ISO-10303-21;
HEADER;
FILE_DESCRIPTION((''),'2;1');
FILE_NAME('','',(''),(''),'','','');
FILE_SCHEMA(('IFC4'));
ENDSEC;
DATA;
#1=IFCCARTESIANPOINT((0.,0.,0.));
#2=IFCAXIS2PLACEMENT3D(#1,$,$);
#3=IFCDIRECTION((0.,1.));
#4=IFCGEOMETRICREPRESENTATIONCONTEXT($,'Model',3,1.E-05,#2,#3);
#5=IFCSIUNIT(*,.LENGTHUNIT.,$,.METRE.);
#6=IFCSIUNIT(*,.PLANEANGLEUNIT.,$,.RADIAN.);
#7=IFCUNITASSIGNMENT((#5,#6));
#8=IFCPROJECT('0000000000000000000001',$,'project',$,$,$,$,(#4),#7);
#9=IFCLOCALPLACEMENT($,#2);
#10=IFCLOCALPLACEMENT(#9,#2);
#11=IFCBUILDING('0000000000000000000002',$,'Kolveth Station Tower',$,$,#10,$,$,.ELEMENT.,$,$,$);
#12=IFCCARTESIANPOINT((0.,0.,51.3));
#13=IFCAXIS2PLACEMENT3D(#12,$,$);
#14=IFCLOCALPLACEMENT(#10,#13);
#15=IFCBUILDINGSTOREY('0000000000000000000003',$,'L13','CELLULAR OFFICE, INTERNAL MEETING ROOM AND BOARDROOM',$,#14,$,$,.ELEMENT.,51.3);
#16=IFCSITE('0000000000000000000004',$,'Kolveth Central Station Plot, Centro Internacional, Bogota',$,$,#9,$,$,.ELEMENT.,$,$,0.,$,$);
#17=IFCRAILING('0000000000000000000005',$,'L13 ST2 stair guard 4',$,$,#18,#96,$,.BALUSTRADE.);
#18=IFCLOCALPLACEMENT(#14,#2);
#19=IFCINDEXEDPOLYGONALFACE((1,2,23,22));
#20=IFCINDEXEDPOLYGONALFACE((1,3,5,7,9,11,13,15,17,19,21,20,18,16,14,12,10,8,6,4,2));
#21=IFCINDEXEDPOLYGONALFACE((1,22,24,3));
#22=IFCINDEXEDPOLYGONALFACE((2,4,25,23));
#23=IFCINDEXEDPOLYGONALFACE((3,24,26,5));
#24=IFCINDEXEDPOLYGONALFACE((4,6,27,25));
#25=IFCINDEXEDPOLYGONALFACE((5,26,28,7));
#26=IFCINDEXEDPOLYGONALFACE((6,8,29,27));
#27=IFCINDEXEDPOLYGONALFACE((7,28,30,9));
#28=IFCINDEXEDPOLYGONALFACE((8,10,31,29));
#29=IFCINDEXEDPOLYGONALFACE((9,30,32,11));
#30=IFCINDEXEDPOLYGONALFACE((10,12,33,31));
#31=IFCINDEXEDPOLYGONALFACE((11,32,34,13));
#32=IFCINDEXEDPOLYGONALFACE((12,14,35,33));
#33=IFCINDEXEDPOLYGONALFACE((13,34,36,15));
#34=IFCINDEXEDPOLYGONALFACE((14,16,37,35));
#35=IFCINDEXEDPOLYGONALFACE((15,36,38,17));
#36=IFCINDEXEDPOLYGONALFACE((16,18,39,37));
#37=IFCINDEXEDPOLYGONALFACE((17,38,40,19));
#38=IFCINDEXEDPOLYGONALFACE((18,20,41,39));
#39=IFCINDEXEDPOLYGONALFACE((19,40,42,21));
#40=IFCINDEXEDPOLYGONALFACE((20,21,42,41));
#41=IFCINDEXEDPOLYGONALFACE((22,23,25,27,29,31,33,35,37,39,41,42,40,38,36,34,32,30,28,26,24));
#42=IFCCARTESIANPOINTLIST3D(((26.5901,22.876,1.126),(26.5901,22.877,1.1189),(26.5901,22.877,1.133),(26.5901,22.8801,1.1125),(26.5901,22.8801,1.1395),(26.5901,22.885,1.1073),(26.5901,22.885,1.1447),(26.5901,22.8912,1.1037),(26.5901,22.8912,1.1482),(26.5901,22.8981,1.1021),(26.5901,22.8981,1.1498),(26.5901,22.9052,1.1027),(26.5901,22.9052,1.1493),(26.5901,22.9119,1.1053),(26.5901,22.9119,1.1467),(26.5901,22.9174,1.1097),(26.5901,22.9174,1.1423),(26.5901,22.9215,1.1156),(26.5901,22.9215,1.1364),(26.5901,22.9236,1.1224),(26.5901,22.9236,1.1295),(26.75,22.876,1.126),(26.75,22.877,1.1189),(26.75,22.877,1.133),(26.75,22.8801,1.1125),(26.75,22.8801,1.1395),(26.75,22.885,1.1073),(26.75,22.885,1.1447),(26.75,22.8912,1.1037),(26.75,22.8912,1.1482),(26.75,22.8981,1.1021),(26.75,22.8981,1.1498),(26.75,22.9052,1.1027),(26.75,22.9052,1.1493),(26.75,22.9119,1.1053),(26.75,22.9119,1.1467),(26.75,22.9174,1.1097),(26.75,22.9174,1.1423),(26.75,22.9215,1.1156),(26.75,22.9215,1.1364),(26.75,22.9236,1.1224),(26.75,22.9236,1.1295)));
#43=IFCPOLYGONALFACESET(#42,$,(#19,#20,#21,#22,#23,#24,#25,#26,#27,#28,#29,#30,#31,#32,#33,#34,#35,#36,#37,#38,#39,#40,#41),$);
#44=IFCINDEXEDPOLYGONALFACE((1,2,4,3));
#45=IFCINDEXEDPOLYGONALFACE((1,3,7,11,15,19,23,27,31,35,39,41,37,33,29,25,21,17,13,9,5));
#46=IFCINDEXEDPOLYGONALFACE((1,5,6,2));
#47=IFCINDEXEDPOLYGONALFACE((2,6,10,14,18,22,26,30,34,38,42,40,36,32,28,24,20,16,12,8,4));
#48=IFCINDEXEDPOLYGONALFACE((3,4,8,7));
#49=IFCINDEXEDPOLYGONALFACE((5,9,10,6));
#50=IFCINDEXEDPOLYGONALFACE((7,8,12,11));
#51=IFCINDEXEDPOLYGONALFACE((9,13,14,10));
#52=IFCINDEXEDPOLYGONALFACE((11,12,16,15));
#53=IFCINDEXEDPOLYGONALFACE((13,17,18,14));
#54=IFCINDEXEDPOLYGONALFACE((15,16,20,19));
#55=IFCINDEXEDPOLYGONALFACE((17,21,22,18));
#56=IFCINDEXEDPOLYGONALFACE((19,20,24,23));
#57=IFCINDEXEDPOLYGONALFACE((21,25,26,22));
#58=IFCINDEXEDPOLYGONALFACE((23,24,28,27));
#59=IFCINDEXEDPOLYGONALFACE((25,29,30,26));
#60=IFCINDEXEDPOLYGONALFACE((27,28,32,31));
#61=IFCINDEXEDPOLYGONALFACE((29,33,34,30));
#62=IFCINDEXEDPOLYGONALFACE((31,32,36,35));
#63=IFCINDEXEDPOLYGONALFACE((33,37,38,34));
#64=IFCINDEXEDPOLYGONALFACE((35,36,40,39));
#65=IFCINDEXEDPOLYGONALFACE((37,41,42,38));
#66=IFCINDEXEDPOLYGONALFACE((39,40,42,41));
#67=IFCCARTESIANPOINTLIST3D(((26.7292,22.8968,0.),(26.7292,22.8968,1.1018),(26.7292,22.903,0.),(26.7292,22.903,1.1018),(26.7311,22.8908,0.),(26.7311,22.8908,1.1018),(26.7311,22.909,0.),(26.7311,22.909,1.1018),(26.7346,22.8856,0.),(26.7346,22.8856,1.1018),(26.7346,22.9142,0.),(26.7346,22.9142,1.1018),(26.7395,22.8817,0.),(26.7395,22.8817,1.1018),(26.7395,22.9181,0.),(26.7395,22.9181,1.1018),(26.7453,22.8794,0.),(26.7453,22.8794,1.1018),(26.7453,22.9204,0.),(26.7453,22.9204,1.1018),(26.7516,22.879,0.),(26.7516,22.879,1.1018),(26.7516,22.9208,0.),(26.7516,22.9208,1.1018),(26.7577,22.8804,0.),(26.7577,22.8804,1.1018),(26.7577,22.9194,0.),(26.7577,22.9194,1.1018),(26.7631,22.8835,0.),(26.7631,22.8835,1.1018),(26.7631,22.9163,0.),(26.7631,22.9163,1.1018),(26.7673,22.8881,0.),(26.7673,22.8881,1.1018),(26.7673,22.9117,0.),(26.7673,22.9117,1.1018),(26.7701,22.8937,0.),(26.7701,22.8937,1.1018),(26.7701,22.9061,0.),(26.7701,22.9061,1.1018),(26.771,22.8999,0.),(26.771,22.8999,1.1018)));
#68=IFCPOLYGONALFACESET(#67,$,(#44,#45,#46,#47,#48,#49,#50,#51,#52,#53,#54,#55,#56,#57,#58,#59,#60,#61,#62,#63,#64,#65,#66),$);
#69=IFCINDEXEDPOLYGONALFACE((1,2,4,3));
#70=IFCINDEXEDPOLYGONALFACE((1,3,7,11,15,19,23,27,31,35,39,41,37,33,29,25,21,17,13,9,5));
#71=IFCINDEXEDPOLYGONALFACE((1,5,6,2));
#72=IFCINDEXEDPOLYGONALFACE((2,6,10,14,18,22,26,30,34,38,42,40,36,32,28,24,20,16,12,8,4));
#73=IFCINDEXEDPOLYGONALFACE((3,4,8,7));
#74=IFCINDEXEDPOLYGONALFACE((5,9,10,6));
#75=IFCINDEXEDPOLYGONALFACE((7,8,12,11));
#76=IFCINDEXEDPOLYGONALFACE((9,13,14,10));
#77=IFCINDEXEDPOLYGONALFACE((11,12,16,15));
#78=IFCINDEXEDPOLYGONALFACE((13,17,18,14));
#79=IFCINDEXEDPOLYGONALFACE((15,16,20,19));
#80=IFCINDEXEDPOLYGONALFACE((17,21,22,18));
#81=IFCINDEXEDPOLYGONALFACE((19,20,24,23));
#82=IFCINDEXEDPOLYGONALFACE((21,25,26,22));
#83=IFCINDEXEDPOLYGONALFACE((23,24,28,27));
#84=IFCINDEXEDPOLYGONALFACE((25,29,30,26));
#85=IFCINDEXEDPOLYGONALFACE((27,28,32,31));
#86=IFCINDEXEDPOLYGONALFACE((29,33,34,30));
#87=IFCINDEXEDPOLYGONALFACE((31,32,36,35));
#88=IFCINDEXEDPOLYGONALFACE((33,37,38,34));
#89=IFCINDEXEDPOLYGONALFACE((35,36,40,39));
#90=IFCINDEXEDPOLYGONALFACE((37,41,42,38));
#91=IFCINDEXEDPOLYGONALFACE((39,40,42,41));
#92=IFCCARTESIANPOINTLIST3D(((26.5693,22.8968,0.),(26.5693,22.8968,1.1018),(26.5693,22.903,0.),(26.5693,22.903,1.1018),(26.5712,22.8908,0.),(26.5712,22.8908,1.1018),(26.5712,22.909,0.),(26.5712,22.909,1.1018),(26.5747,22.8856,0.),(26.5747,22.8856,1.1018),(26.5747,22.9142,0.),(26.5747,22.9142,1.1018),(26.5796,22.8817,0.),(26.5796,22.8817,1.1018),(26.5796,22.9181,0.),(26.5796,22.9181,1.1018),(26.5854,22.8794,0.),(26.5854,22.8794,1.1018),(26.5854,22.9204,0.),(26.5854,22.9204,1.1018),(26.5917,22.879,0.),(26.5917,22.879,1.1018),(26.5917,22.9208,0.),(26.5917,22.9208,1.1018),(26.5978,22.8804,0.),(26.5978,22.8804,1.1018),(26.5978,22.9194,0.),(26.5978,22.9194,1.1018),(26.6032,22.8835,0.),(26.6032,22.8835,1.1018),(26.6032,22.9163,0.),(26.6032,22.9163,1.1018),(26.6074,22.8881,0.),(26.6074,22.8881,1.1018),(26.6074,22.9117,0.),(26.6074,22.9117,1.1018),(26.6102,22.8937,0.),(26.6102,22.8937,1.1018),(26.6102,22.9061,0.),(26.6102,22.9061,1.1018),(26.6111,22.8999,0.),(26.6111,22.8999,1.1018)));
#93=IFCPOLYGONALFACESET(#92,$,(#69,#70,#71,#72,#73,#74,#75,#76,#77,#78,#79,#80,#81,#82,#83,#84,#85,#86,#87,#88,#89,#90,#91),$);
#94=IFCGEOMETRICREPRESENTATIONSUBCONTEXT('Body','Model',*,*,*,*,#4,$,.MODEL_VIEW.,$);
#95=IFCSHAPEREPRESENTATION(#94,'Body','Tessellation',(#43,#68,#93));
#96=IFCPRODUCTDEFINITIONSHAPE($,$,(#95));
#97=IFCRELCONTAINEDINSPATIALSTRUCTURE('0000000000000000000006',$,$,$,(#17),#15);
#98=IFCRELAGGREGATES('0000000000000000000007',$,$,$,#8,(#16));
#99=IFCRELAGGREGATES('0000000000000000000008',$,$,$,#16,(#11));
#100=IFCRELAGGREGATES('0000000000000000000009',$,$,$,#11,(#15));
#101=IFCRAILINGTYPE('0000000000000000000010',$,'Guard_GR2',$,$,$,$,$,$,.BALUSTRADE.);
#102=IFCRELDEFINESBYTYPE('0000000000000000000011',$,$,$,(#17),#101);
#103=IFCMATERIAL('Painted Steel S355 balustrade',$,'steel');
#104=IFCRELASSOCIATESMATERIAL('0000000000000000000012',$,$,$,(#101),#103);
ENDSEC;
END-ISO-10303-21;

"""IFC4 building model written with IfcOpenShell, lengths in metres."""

from ifc_helpers import new_model, si_unit, direction, frame, origin, origin_2d, place, context, subcontext, project, spatial, circle, extrude, material, type_object, element, save


model = new_model("IFC4")

# Units and contexts
model_context = context("Model", 3, precision=1e-05, world=origin(), true_north=direction((0.0, 1.0)))
body_context = subcontext(model_context, "Body", "Model", "MODEL_VIEW")
ifc_project = project(units=[si_unit("LENGTHUNIT", "METRE"), si_unit("PLANEANGLEUNIT", "RADIAN")], contexts=[model_context])

# Site, building, storey
site_placement = place(None, origin())
site = spatial("IfcSite", under=ifc_project, at=site_placement, Name="Kolveth Central Station Plot, Centro Internacional, Bogota", CompositionType="ELEMENT", RefElevation=0.0)
building_placement = place(site_placement, origin())
building = spatial("IfcBuilding", under=site, at=building_placement, Name="Kolveth Station Tower", CompositionType="ELEMENT")
storey_placement = place(building_placement, frame((0.0, 0.0, 51.3)))
storey = spatial("IfcBuildingStorey", under=building, at=storey_placement, Name="L13", Description="CELLULAR OFFICE, INTERNAL MEETING ROOM AND BOARDROOM", CompositionType="ELEMENT", Elevation=51.3)

# Railing
ifc_material_1 = material(Name="Painted Steel S355 balustrade", Category="steel")
railing_type_1 = type_object("IfcRailingType", Name="Guard_GR2", PredefinedType="BALUSTRADE", material=ifc_material_1)
railing_1_placement = place(storey_placement, frame((26.75, 22.8999, 0.0)))
element("IfcRailing", 1, at=railing_1_placement, inside=storey, type_object=railing_type_1, Name="L13 ST2 stair guard 4", PredefinedType="BALUSTRADE", context=body_context, shape_type="SweptSolid", body=[
    extrude(circle(Radius=0.0239, at=origin_2d()), frame((0.0, 0.0, 1.126), z_axis=(-1.0, 0.0, 0.0), x_axis=(0.0, -1.0, 0.0)), (0.0, 0.0, 1.0), 0.1599),
    extrude(circle(Radius=0.021, at=origin_2d()), origin(), (0.0, 0.0, 1.0), 1.1018),
    extrude(circle(Radius=0.021, at=origin_2d()), frame((-0.1599, 0.0, 0.0)), (0.0, 0.0, 1.0), 1.1018),
])

save(model, "model.ifc")
